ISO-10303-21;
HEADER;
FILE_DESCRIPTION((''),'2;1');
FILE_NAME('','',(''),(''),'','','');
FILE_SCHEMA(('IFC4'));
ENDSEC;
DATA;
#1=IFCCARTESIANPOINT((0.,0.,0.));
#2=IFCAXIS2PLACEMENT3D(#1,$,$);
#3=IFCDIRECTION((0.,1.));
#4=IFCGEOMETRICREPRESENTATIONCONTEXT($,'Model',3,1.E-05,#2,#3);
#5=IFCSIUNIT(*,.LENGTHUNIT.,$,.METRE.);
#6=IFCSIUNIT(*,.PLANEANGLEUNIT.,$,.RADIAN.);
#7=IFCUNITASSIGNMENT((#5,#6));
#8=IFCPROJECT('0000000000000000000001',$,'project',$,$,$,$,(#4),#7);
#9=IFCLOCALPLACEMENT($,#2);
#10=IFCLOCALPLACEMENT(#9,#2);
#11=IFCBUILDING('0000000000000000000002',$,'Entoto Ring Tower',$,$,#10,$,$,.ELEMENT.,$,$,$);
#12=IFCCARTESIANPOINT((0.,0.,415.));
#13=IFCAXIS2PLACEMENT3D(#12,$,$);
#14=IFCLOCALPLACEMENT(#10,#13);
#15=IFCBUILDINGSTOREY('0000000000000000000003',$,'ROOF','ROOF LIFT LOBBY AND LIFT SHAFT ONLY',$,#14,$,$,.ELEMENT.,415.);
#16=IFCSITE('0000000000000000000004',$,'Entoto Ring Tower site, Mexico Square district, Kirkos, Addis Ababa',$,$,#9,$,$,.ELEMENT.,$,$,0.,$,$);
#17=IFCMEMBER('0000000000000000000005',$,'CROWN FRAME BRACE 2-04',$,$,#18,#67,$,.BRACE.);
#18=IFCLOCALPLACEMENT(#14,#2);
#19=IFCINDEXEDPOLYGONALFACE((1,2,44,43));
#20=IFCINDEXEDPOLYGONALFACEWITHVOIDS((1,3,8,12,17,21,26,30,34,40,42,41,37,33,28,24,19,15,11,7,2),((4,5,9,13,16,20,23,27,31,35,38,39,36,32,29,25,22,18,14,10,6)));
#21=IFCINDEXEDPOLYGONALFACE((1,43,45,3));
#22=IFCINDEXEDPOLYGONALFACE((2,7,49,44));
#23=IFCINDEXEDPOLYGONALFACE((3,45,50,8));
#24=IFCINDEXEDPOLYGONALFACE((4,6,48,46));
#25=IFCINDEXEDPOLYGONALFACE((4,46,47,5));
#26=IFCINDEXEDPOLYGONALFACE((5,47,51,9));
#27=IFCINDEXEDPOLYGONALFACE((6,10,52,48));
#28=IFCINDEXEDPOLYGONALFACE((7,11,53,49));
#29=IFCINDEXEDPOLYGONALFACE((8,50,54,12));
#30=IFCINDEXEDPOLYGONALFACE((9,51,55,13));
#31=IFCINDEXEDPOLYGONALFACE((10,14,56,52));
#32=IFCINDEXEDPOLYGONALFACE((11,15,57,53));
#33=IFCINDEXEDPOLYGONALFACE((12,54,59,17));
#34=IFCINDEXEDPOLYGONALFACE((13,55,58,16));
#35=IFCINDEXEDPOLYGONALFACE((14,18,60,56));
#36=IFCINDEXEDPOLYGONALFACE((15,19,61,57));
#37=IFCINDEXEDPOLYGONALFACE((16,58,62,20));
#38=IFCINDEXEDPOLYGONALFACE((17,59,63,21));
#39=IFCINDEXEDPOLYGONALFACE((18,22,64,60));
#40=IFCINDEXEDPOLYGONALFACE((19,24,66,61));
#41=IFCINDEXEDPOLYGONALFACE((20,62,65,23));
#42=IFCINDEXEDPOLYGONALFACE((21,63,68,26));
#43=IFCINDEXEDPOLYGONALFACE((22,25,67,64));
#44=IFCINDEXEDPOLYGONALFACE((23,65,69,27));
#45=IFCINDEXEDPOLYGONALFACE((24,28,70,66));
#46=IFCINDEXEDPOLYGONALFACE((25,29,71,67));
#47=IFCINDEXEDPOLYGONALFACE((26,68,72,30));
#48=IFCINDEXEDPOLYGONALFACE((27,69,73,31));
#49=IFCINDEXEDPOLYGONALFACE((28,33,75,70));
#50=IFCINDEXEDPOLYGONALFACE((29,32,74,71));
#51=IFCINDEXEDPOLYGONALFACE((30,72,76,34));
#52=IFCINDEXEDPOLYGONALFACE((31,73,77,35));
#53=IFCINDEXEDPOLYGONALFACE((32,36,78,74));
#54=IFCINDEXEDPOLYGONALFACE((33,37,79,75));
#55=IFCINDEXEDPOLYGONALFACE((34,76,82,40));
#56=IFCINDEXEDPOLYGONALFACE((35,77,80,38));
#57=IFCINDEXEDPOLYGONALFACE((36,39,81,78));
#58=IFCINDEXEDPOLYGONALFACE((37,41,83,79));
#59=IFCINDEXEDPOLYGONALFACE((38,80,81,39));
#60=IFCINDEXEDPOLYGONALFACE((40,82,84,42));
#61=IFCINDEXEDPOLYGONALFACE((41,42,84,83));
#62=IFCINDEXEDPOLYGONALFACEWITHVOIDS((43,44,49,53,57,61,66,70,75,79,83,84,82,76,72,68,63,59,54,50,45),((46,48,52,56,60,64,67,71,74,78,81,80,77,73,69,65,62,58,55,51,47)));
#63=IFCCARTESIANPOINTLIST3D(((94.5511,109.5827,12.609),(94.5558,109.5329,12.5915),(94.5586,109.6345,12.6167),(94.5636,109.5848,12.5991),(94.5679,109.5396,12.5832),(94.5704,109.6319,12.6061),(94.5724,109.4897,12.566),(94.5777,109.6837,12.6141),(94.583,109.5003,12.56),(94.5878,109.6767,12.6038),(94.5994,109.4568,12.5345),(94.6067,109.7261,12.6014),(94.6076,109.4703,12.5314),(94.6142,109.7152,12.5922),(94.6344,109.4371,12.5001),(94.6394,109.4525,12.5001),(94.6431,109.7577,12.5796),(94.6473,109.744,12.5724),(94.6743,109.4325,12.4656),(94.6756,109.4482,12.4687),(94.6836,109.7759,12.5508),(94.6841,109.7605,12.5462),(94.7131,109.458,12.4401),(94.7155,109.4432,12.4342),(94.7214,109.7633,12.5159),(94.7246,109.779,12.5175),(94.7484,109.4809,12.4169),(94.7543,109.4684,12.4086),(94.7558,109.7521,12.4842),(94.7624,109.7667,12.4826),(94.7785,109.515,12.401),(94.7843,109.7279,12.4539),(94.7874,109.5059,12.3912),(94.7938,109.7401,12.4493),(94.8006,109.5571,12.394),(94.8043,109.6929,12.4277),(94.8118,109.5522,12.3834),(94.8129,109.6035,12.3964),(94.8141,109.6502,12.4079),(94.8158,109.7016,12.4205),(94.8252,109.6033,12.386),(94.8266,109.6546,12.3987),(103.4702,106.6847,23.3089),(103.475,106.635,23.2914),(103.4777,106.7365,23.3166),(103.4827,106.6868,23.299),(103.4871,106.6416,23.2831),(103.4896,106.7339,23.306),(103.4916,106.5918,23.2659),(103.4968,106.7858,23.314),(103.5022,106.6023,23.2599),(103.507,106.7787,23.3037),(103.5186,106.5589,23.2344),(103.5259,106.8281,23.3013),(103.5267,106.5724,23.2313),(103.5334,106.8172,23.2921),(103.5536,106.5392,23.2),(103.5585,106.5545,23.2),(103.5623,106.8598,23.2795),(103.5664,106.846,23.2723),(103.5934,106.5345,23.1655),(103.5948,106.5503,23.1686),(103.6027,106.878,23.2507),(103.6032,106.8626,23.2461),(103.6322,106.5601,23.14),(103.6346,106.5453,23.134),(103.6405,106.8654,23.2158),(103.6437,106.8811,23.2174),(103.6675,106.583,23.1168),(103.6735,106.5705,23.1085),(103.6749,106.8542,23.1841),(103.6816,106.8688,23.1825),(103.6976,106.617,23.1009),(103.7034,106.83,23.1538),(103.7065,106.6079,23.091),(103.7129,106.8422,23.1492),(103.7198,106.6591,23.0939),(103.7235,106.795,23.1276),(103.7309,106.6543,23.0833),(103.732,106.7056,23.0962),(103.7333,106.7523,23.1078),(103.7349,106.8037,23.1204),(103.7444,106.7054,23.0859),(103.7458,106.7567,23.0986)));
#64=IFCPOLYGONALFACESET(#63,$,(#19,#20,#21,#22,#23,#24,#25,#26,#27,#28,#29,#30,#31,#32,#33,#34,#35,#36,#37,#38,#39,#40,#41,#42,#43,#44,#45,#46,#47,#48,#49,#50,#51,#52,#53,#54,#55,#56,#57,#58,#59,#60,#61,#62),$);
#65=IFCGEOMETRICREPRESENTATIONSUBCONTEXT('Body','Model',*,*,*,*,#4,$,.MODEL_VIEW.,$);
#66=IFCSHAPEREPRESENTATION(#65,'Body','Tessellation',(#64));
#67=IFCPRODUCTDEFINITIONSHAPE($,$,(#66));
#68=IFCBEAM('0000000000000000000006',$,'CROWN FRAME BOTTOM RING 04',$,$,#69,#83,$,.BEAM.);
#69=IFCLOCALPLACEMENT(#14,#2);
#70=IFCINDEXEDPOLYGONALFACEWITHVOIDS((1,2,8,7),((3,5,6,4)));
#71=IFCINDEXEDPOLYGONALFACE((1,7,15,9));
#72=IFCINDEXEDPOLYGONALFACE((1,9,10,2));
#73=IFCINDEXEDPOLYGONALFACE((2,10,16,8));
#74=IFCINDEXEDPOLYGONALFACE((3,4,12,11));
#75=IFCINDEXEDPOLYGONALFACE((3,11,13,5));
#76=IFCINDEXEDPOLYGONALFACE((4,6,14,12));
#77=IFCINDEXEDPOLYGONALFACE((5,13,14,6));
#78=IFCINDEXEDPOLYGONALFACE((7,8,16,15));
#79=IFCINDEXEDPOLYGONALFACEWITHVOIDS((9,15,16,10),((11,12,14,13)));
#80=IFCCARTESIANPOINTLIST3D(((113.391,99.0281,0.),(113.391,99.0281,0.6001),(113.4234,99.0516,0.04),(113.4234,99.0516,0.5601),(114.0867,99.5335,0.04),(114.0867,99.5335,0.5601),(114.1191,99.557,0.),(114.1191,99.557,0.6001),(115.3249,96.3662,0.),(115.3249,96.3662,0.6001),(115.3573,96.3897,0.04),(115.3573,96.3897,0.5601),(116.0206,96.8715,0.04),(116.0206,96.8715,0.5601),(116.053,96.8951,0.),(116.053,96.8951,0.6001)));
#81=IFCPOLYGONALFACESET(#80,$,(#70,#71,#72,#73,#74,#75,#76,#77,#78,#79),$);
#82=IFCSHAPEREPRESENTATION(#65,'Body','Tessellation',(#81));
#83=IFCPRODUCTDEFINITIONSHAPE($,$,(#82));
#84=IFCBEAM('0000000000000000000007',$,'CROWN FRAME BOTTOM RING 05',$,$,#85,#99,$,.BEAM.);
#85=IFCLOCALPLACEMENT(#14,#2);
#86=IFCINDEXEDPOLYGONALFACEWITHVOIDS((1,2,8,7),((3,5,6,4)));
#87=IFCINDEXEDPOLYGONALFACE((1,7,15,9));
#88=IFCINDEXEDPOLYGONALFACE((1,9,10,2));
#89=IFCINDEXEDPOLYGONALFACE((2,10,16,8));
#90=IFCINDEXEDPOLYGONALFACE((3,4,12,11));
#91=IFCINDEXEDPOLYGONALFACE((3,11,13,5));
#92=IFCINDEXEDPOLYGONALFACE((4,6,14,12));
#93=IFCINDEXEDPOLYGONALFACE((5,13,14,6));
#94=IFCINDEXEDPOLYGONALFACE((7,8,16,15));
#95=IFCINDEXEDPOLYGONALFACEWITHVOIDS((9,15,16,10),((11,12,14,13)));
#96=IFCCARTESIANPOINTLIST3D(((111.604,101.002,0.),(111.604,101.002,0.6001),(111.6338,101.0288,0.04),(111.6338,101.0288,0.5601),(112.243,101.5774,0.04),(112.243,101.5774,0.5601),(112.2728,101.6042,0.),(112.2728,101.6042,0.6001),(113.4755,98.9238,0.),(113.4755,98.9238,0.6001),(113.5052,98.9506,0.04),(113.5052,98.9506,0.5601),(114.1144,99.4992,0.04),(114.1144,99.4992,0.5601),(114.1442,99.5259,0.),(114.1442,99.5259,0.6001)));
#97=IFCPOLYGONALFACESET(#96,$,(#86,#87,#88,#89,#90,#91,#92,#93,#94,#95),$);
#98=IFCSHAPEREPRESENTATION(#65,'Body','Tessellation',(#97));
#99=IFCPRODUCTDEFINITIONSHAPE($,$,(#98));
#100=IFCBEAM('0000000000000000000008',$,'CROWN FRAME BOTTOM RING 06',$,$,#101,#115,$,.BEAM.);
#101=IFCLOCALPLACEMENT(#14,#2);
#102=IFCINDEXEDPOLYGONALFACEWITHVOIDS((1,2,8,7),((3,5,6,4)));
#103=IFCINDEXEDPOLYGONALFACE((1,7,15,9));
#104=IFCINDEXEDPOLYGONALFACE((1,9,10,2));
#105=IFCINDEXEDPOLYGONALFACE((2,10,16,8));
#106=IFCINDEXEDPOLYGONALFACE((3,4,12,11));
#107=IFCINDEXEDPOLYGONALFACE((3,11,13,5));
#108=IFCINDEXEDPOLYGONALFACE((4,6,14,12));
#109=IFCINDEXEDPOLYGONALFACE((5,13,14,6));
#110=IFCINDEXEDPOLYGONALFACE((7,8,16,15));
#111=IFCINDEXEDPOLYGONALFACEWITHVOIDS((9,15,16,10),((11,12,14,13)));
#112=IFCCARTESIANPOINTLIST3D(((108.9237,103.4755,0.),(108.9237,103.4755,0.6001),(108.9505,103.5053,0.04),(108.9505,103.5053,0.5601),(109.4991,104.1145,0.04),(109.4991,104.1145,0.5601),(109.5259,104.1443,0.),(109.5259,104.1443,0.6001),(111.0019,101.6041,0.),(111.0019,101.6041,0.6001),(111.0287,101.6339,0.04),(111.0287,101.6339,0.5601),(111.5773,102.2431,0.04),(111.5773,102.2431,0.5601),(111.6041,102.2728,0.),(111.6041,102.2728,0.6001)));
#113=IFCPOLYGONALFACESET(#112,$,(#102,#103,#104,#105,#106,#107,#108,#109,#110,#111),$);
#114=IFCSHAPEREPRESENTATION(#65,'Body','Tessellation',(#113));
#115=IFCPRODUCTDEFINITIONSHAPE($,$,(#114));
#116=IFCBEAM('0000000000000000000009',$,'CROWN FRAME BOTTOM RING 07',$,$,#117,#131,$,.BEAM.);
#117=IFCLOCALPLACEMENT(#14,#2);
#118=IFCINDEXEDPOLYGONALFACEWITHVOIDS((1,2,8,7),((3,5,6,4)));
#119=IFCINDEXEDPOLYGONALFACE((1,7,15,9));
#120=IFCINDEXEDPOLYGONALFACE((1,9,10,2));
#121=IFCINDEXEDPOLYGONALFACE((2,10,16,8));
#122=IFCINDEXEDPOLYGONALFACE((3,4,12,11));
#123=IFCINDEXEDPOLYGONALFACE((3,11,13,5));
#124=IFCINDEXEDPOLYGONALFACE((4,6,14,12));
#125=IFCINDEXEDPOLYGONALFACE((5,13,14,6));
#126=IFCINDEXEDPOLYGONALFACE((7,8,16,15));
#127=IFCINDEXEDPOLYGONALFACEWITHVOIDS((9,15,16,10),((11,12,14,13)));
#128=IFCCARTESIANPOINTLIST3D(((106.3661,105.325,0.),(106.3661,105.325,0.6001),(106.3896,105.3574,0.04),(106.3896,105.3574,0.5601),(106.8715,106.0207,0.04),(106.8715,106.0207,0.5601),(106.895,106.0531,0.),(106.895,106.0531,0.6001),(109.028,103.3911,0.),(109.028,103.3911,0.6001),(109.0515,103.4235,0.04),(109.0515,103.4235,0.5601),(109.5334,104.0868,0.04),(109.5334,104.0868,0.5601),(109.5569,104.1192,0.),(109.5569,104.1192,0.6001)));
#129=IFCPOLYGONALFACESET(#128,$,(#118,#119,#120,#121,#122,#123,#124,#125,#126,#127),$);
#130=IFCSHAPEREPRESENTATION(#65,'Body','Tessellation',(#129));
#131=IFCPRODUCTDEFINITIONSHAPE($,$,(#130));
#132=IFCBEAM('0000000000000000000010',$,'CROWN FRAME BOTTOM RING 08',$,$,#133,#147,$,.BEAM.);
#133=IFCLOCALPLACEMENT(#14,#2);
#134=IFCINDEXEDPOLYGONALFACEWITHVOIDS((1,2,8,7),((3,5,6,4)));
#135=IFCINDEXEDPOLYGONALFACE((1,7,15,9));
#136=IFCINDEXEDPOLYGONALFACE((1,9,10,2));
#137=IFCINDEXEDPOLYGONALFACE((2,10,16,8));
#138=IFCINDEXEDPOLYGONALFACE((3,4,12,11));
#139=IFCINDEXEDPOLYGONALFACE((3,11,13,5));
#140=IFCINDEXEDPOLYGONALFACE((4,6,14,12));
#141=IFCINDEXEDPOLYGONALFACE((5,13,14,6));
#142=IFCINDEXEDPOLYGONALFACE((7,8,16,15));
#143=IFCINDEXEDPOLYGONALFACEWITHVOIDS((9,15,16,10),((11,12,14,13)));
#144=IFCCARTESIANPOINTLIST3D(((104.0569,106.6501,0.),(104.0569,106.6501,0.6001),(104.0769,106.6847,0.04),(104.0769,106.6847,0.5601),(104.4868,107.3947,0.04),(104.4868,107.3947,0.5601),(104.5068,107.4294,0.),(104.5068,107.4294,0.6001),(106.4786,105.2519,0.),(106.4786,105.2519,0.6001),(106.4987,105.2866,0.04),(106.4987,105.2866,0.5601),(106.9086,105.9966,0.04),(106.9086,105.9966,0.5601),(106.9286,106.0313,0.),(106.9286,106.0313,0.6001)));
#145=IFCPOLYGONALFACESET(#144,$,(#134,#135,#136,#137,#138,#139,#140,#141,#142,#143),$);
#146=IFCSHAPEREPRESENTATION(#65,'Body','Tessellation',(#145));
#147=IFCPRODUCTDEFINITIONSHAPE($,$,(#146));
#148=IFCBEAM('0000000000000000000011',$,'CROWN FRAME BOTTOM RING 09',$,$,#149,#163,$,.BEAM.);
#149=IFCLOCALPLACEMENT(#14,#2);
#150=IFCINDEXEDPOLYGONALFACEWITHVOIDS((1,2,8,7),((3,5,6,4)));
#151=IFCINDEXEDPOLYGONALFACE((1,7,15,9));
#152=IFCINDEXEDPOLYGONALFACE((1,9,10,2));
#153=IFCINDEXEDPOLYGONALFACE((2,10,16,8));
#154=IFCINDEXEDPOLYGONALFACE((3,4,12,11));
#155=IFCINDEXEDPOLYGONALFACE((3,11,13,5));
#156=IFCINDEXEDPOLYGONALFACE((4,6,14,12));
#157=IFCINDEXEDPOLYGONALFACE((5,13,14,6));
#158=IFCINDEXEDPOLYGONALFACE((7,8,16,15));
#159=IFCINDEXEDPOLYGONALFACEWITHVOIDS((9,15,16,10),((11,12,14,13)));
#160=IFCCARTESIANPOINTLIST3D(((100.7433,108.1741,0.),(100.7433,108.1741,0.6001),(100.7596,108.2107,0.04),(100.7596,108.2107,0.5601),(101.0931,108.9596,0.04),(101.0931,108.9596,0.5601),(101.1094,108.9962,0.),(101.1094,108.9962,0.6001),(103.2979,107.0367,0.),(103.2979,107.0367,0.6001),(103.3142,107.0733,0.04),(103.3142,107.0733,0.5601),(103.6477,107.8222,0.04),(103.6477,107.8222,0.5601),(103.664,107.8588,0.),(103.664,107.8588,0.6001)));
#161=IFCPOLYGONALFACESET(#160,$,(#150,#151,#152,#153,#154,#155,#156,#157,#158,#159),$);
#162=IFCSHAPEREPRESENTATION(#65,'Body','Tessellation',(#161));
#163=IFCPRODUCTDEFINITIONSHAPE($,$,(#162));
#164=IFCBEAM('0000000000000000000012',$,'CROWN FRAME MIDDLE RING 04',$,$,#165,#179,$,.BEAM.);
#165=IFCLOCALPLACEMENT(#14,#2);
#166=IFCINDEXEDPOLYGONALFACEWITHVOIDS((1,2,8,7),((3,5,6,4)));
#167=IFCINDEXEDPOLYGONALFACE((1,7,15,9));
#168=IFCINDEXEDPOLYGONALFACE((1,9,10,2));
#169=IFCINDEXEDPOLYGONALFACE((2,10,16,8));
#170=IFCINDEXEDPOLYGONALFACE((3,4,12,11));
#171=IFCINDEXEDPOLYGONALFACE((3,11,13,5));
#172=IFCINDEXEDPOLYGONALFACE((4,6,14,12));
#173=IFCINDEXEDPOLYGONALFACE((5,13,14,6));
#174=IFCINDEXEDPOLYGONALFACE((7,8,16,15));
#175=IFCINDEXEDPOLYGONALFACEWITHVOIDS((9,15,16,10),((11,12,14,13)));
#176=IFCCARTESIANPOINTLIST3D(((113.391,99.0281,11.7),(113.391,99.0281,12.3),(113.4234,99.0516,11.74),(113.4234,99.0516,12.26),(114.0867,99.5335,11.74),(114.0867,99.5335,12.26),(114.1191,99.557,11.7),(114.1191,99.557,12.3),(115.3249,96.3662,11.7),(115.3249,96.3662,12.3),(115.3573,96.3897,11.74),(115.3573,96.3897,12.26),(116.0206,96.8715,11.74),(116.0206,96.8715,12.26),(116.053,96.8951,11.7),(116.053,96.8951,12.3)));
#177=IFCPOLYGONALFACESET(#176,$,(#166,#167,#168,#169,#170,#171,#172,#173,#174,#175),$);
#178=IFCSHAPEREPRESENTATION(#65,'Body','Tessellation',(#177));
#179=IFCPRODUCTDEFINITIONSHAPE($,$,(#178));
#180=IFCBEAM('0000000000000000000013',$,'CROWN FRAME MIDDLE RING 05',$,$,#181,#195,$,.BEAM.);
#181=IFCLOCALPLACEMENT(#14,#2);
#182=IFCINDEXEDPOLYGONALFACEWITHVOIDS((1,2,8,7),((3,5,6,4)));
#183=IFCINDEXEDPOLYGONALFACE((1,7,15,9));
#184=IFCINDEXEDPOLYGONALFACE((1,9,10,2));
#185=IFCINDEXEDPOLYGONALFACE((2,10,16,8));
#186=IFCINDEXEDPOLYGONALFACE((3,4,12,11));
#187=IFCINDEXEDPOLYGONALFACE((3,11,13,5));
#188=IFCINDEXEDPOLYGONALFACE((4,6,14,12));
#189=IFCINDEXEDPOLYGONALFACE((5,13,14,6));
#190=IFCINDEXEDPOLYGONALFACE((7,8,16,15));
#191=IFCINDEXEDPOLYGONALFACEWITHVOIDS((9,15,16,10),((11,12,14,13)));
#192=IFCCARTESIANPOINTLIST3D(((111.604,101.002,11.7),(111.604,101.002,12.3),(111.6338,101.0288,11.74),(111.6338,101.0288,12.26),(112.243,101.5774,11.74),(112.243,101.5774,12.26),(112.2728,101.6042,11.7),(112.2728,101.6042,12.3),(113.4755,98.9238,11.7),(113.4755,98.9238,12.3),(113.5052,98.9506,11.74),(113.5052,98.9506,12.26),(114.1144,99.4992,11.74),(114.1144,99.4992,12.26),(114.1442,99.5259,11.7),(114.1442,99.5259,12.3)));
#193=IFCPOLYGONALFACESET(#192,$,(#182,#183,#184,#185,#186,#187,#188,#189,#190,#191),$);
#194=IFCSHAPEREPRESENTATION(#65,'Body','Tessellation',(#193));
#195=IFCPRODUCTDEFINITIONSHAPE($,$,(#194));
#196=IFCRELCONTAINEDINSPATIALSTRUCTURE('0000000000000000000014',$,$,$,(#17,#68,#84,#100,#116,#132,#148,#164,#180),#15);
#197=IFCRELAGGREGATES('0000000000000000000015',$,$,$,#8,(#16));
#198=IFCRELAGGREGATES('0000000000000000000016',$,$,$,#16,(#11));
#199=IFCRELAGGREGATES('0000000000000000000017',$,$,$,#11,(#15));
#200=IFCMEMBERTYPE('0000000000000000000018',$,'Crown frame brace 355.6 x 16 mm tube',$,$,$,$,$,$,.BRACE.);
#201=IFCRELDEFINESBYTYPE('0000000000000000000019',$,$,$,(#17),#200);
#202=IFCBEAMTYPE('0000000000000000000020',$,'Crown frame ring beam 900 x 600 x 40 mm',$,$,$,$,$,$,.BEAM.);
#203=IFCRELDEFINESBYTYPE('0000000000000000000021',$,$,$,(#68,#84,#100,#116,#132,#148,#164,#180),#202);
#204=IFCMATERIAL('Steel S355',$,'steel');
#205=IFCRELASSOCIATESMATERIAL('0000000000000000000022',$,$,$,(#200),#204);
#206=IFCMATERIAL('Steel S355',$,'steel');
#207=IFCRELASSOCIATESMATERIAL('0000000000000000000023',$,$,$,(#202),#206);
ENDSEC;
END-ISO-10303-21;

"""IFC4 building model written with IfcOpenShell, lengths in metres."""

from ifc_helpers import new_model, si_unit, direction, frame, origin, origin_2d, place, context, subcontext, project, spatial, hollow_rectangle, hollow_circle, extrude, material, material_profile, profile_set, type_object, element, save


model = new_model("IFC4")

# Units and contexts
model_context = context("Model", 3, precision=1e-05, world=origin(), true_north=direction((0.0, 1.0)))
body_context = subcontext(model_context, "Body", "Model", "MODEL_VIEW")
ifc_project = project(units=[si_unit("LENGTHUNIT", "METRE"), si_unit("PLANEANGLEUNIT", "RADIAN")], contexts=[model_context])

# Site, building, storey
site_placement = place(None, origin())
site = spatial("IfcSite", under=ifc_project, at=site_placement, Name="Entoto Ring Tower site, Mexico Square district, Kirkos, Addis Ababa", CompositionType="ELEMENT", RefElevation=0.0)
building_placement = place(site_placement, origin())
building = spatial("IfcBuilding", under=site, at=building_placement, Name="Entoto Ring Tower", CompositionType="ELEMENT")
storey_placement = place(building_placement, frame((0.0, 0.0, 415.0)))
storey = spatial("IfcBuildingStorey", under=building, at=storey_placement, Name="ROOF", Description="ROOF LIFT LOBBY AND LIFT SHAFT ONLY", CompositionType="ELEMENT", Elevation=415.0)

# Member
ifc_material_1 = material(Name="Steel S355", Category="steel")
ifc_material_profile_1 = material_profile(ifc_material_1, hollow_circle(Radius=0.1775, WallThickness=0.0161, at=origin_2d()), Name="Crown frame brace 355.6 x 16 mm tube")
ifc_profile_set_1 = profile_set([ifc_material_profile_1], Name="Steel S355")
member_type_1 = type_object("IfcMemberType", Name="Crown frame brace 355.6 x 16 mm tube", PredefinedType="BRACE", material=ifc_profile_set_1)
member_1_placement = place(storey_placement, frame((103.6084, 106.708, 23.2), z_axis=(-0.626871, 0.203678, -0.752029), x_axis=(-0.30901, -0.951059, 0.0)))
element("IfcMember", 1, at=member_1_placement, inside=storey, type_object=member_type_1, Name="CROWN FRAME BRACE 2-04", PredefinedType="BRACE", context=body_context, shape_type="SweptSolid", body=[
    extrude(hollow_circle(Radius=0.1775, WallThickness=0.0161, at=origin_2d()), origin(), (0.0, 0.0, 1.0), 14.228),
])

# Beams
ifc_material_2 = material(Name="Steel S355", Category="steel")
ifc_material_profile_2 = material_profile(ifc_material_2, hollow_rectangle(XDim=0.8999, YDim=0.6001, WallThickness=0.04, at=origin_2d()), Name="Crown frame ring beam 900 x 600 x 40 mm")
ifc_profile_set_2 = profile_set([ifc_material_profile_2], Name="Steel S355")
beam_type_1 = type_object("IfcBeamType", Name="Crown frame ring beam 900 x 600 x 40 mm", PredefinedType="BEAM", material=ifc_profile_set_2)
beam_1_placement = place(storey_placement, frame((115.689, 96.6306, 0.3), z_axis=(-0.587761, 0.809034, 0.0), x_axis=(-0.809034, -0.587761, 0.0)))
element("IfcBeam", 2, at=beam_1_placement, inside=storey, type_object=beam_type_1, Name="CROWN FRAME BOTTOM RING 04", PredefinedType="BEAM", context=body_context, shape_type="SweptSolid", body=[
    extrude(hollow_rectangle(XDim=0.8999, YDim=0.6001, WallThickness=0.04, at=origin_2d()), origin(), (0.0, 0.0, 1.0), 3.2903),
])
for number, where, z_axis, x_axis, name in (
    (3, (113.8098, 99.2249, 0.3), (-0.669167, 0.743112, 0.0), (-0.743112, -0.669167, 0.0), "CROWN FRAME BOTTOM RING 05"),
    (4, (111.303, 101.9385, 0.3), (-0.743112, 0.669167, 0.0), (-0.669167, -0.743112, 0.0), "CROWN FRAME BOTTOM RING 06"),
):
    element("IfcBeam", number, at=place(storey_placement, frame(where, z_axis=z_axis, x_axis=x_axis)), inside=storey, type_object=beam_type_1, Name=name, PredefinedType="BEAM", context=body_context, shape_type="SweptSolid", body=[
        extrude(hollow_rectangle(XDim=0.8999, YDim=0.6001, WallThickness=0.04, at=origin_2d()), origin(), (0.0, 0.0, 1.0), 2.7966),
    ])
beam_2_placement = place(storey_placement, frame((109.2925, 103.7551, 0.3), z_axis=(-0.809034, 0.587761, 0.0), x_axis=(-0.587761, -0.809034, 0.0)))
element("IfcBeam", 5, at=beam_2_placement, inside=storey, type_object=beam_type_1, Name="CROWN FRAME BOTTOM RING 07", PredefinedType="BEAM", context=body_context, shape_type="SweptSolid", body=[
    extrude(hollow_rectangle(XDim=0.8999, YDim=0.6001, WallThickness=0.04, at=origin_2d()), origin(), (0.0, 0.0, 1.0), 3.2903),
])
for number, where, z_axis, x_axis, name in (
    (6, (106.7036, 105.6416, 0.3), (-0.866037, 0.499979, 0.0), (-0.499979, -0.866037, 0.0), "CROWN FRAME BOTTOM RING 08"),
    (7, (103.481, 107.4478, 0.3), (-0.913541, 0.406746, 0.0), (-0.406746, -0.913541, 0.0), "CROWN FRAME BOTTOM RING 09"),
):
    element("IfcBeam", number, at=place(storey_placement, frame(where, z_axis=z_axis, x_axis=x_axis)), inside=storey, type_object=beam_type_1, Name=name, PredefinedType="BEAM", context=body_context, shape_type="SweptSolid", body=[
        extrude(hollow_rectangle(XDim=0.8999, YDim=0.6001, WallThickness=0.04, at=origin_2d()), origin(), (0.0, 0.0, 1.0), 2.7964),
    ])
beam_3_placement = place(storey_placement, frame((115.689, 96.6306, 12.0), z_axis=(-0.587761, 0.809034, 0.0), x_axis=(-0.809034, -0.587761, 0.0)))
element("IfcBeam", 8, at=beam_3_placement, inside=storey, type_object=beam_type_1, Name="CROWN FRAME MIDDLE RING 04", PredefinedType="BEAM", context=body_context, shape_type="SweptSolid", body=[
    extrude(hollow_rectangle(XDim=0.8999, YDim=0.6001, WallThickness=0.04, at=origin_2d()), origin(), (0.0, 0.0, 1.0), 3.2903),
])
for number, where, z_axis, x_axis, name in (
    (9, (113.8098, 99.2249, 12.0), (-0.669167, 0.743112, 0.0), (-0.743112, -0.669167, 0.0), "CROWN FRAME MIDDLE RING 05"),
):
    element("IfcBeam", number, at=place(storey_placement, frame(where, z_axis=z_axis, x_axis=x_axis)), inside=storey, type_object=beam_type_1, Name=name, PredefinedType="BEAM", context=body_context, shape_type="SweptSolid", body=[
        extrude(hollow_rectangle(XDim=0.8999, YDim=0.6001, WallThickness=0.04, at=origin_2d()), origin(), (0.0, 0.0, 1.0), 2.7966),
    ])

save(model, "model.ifc")
